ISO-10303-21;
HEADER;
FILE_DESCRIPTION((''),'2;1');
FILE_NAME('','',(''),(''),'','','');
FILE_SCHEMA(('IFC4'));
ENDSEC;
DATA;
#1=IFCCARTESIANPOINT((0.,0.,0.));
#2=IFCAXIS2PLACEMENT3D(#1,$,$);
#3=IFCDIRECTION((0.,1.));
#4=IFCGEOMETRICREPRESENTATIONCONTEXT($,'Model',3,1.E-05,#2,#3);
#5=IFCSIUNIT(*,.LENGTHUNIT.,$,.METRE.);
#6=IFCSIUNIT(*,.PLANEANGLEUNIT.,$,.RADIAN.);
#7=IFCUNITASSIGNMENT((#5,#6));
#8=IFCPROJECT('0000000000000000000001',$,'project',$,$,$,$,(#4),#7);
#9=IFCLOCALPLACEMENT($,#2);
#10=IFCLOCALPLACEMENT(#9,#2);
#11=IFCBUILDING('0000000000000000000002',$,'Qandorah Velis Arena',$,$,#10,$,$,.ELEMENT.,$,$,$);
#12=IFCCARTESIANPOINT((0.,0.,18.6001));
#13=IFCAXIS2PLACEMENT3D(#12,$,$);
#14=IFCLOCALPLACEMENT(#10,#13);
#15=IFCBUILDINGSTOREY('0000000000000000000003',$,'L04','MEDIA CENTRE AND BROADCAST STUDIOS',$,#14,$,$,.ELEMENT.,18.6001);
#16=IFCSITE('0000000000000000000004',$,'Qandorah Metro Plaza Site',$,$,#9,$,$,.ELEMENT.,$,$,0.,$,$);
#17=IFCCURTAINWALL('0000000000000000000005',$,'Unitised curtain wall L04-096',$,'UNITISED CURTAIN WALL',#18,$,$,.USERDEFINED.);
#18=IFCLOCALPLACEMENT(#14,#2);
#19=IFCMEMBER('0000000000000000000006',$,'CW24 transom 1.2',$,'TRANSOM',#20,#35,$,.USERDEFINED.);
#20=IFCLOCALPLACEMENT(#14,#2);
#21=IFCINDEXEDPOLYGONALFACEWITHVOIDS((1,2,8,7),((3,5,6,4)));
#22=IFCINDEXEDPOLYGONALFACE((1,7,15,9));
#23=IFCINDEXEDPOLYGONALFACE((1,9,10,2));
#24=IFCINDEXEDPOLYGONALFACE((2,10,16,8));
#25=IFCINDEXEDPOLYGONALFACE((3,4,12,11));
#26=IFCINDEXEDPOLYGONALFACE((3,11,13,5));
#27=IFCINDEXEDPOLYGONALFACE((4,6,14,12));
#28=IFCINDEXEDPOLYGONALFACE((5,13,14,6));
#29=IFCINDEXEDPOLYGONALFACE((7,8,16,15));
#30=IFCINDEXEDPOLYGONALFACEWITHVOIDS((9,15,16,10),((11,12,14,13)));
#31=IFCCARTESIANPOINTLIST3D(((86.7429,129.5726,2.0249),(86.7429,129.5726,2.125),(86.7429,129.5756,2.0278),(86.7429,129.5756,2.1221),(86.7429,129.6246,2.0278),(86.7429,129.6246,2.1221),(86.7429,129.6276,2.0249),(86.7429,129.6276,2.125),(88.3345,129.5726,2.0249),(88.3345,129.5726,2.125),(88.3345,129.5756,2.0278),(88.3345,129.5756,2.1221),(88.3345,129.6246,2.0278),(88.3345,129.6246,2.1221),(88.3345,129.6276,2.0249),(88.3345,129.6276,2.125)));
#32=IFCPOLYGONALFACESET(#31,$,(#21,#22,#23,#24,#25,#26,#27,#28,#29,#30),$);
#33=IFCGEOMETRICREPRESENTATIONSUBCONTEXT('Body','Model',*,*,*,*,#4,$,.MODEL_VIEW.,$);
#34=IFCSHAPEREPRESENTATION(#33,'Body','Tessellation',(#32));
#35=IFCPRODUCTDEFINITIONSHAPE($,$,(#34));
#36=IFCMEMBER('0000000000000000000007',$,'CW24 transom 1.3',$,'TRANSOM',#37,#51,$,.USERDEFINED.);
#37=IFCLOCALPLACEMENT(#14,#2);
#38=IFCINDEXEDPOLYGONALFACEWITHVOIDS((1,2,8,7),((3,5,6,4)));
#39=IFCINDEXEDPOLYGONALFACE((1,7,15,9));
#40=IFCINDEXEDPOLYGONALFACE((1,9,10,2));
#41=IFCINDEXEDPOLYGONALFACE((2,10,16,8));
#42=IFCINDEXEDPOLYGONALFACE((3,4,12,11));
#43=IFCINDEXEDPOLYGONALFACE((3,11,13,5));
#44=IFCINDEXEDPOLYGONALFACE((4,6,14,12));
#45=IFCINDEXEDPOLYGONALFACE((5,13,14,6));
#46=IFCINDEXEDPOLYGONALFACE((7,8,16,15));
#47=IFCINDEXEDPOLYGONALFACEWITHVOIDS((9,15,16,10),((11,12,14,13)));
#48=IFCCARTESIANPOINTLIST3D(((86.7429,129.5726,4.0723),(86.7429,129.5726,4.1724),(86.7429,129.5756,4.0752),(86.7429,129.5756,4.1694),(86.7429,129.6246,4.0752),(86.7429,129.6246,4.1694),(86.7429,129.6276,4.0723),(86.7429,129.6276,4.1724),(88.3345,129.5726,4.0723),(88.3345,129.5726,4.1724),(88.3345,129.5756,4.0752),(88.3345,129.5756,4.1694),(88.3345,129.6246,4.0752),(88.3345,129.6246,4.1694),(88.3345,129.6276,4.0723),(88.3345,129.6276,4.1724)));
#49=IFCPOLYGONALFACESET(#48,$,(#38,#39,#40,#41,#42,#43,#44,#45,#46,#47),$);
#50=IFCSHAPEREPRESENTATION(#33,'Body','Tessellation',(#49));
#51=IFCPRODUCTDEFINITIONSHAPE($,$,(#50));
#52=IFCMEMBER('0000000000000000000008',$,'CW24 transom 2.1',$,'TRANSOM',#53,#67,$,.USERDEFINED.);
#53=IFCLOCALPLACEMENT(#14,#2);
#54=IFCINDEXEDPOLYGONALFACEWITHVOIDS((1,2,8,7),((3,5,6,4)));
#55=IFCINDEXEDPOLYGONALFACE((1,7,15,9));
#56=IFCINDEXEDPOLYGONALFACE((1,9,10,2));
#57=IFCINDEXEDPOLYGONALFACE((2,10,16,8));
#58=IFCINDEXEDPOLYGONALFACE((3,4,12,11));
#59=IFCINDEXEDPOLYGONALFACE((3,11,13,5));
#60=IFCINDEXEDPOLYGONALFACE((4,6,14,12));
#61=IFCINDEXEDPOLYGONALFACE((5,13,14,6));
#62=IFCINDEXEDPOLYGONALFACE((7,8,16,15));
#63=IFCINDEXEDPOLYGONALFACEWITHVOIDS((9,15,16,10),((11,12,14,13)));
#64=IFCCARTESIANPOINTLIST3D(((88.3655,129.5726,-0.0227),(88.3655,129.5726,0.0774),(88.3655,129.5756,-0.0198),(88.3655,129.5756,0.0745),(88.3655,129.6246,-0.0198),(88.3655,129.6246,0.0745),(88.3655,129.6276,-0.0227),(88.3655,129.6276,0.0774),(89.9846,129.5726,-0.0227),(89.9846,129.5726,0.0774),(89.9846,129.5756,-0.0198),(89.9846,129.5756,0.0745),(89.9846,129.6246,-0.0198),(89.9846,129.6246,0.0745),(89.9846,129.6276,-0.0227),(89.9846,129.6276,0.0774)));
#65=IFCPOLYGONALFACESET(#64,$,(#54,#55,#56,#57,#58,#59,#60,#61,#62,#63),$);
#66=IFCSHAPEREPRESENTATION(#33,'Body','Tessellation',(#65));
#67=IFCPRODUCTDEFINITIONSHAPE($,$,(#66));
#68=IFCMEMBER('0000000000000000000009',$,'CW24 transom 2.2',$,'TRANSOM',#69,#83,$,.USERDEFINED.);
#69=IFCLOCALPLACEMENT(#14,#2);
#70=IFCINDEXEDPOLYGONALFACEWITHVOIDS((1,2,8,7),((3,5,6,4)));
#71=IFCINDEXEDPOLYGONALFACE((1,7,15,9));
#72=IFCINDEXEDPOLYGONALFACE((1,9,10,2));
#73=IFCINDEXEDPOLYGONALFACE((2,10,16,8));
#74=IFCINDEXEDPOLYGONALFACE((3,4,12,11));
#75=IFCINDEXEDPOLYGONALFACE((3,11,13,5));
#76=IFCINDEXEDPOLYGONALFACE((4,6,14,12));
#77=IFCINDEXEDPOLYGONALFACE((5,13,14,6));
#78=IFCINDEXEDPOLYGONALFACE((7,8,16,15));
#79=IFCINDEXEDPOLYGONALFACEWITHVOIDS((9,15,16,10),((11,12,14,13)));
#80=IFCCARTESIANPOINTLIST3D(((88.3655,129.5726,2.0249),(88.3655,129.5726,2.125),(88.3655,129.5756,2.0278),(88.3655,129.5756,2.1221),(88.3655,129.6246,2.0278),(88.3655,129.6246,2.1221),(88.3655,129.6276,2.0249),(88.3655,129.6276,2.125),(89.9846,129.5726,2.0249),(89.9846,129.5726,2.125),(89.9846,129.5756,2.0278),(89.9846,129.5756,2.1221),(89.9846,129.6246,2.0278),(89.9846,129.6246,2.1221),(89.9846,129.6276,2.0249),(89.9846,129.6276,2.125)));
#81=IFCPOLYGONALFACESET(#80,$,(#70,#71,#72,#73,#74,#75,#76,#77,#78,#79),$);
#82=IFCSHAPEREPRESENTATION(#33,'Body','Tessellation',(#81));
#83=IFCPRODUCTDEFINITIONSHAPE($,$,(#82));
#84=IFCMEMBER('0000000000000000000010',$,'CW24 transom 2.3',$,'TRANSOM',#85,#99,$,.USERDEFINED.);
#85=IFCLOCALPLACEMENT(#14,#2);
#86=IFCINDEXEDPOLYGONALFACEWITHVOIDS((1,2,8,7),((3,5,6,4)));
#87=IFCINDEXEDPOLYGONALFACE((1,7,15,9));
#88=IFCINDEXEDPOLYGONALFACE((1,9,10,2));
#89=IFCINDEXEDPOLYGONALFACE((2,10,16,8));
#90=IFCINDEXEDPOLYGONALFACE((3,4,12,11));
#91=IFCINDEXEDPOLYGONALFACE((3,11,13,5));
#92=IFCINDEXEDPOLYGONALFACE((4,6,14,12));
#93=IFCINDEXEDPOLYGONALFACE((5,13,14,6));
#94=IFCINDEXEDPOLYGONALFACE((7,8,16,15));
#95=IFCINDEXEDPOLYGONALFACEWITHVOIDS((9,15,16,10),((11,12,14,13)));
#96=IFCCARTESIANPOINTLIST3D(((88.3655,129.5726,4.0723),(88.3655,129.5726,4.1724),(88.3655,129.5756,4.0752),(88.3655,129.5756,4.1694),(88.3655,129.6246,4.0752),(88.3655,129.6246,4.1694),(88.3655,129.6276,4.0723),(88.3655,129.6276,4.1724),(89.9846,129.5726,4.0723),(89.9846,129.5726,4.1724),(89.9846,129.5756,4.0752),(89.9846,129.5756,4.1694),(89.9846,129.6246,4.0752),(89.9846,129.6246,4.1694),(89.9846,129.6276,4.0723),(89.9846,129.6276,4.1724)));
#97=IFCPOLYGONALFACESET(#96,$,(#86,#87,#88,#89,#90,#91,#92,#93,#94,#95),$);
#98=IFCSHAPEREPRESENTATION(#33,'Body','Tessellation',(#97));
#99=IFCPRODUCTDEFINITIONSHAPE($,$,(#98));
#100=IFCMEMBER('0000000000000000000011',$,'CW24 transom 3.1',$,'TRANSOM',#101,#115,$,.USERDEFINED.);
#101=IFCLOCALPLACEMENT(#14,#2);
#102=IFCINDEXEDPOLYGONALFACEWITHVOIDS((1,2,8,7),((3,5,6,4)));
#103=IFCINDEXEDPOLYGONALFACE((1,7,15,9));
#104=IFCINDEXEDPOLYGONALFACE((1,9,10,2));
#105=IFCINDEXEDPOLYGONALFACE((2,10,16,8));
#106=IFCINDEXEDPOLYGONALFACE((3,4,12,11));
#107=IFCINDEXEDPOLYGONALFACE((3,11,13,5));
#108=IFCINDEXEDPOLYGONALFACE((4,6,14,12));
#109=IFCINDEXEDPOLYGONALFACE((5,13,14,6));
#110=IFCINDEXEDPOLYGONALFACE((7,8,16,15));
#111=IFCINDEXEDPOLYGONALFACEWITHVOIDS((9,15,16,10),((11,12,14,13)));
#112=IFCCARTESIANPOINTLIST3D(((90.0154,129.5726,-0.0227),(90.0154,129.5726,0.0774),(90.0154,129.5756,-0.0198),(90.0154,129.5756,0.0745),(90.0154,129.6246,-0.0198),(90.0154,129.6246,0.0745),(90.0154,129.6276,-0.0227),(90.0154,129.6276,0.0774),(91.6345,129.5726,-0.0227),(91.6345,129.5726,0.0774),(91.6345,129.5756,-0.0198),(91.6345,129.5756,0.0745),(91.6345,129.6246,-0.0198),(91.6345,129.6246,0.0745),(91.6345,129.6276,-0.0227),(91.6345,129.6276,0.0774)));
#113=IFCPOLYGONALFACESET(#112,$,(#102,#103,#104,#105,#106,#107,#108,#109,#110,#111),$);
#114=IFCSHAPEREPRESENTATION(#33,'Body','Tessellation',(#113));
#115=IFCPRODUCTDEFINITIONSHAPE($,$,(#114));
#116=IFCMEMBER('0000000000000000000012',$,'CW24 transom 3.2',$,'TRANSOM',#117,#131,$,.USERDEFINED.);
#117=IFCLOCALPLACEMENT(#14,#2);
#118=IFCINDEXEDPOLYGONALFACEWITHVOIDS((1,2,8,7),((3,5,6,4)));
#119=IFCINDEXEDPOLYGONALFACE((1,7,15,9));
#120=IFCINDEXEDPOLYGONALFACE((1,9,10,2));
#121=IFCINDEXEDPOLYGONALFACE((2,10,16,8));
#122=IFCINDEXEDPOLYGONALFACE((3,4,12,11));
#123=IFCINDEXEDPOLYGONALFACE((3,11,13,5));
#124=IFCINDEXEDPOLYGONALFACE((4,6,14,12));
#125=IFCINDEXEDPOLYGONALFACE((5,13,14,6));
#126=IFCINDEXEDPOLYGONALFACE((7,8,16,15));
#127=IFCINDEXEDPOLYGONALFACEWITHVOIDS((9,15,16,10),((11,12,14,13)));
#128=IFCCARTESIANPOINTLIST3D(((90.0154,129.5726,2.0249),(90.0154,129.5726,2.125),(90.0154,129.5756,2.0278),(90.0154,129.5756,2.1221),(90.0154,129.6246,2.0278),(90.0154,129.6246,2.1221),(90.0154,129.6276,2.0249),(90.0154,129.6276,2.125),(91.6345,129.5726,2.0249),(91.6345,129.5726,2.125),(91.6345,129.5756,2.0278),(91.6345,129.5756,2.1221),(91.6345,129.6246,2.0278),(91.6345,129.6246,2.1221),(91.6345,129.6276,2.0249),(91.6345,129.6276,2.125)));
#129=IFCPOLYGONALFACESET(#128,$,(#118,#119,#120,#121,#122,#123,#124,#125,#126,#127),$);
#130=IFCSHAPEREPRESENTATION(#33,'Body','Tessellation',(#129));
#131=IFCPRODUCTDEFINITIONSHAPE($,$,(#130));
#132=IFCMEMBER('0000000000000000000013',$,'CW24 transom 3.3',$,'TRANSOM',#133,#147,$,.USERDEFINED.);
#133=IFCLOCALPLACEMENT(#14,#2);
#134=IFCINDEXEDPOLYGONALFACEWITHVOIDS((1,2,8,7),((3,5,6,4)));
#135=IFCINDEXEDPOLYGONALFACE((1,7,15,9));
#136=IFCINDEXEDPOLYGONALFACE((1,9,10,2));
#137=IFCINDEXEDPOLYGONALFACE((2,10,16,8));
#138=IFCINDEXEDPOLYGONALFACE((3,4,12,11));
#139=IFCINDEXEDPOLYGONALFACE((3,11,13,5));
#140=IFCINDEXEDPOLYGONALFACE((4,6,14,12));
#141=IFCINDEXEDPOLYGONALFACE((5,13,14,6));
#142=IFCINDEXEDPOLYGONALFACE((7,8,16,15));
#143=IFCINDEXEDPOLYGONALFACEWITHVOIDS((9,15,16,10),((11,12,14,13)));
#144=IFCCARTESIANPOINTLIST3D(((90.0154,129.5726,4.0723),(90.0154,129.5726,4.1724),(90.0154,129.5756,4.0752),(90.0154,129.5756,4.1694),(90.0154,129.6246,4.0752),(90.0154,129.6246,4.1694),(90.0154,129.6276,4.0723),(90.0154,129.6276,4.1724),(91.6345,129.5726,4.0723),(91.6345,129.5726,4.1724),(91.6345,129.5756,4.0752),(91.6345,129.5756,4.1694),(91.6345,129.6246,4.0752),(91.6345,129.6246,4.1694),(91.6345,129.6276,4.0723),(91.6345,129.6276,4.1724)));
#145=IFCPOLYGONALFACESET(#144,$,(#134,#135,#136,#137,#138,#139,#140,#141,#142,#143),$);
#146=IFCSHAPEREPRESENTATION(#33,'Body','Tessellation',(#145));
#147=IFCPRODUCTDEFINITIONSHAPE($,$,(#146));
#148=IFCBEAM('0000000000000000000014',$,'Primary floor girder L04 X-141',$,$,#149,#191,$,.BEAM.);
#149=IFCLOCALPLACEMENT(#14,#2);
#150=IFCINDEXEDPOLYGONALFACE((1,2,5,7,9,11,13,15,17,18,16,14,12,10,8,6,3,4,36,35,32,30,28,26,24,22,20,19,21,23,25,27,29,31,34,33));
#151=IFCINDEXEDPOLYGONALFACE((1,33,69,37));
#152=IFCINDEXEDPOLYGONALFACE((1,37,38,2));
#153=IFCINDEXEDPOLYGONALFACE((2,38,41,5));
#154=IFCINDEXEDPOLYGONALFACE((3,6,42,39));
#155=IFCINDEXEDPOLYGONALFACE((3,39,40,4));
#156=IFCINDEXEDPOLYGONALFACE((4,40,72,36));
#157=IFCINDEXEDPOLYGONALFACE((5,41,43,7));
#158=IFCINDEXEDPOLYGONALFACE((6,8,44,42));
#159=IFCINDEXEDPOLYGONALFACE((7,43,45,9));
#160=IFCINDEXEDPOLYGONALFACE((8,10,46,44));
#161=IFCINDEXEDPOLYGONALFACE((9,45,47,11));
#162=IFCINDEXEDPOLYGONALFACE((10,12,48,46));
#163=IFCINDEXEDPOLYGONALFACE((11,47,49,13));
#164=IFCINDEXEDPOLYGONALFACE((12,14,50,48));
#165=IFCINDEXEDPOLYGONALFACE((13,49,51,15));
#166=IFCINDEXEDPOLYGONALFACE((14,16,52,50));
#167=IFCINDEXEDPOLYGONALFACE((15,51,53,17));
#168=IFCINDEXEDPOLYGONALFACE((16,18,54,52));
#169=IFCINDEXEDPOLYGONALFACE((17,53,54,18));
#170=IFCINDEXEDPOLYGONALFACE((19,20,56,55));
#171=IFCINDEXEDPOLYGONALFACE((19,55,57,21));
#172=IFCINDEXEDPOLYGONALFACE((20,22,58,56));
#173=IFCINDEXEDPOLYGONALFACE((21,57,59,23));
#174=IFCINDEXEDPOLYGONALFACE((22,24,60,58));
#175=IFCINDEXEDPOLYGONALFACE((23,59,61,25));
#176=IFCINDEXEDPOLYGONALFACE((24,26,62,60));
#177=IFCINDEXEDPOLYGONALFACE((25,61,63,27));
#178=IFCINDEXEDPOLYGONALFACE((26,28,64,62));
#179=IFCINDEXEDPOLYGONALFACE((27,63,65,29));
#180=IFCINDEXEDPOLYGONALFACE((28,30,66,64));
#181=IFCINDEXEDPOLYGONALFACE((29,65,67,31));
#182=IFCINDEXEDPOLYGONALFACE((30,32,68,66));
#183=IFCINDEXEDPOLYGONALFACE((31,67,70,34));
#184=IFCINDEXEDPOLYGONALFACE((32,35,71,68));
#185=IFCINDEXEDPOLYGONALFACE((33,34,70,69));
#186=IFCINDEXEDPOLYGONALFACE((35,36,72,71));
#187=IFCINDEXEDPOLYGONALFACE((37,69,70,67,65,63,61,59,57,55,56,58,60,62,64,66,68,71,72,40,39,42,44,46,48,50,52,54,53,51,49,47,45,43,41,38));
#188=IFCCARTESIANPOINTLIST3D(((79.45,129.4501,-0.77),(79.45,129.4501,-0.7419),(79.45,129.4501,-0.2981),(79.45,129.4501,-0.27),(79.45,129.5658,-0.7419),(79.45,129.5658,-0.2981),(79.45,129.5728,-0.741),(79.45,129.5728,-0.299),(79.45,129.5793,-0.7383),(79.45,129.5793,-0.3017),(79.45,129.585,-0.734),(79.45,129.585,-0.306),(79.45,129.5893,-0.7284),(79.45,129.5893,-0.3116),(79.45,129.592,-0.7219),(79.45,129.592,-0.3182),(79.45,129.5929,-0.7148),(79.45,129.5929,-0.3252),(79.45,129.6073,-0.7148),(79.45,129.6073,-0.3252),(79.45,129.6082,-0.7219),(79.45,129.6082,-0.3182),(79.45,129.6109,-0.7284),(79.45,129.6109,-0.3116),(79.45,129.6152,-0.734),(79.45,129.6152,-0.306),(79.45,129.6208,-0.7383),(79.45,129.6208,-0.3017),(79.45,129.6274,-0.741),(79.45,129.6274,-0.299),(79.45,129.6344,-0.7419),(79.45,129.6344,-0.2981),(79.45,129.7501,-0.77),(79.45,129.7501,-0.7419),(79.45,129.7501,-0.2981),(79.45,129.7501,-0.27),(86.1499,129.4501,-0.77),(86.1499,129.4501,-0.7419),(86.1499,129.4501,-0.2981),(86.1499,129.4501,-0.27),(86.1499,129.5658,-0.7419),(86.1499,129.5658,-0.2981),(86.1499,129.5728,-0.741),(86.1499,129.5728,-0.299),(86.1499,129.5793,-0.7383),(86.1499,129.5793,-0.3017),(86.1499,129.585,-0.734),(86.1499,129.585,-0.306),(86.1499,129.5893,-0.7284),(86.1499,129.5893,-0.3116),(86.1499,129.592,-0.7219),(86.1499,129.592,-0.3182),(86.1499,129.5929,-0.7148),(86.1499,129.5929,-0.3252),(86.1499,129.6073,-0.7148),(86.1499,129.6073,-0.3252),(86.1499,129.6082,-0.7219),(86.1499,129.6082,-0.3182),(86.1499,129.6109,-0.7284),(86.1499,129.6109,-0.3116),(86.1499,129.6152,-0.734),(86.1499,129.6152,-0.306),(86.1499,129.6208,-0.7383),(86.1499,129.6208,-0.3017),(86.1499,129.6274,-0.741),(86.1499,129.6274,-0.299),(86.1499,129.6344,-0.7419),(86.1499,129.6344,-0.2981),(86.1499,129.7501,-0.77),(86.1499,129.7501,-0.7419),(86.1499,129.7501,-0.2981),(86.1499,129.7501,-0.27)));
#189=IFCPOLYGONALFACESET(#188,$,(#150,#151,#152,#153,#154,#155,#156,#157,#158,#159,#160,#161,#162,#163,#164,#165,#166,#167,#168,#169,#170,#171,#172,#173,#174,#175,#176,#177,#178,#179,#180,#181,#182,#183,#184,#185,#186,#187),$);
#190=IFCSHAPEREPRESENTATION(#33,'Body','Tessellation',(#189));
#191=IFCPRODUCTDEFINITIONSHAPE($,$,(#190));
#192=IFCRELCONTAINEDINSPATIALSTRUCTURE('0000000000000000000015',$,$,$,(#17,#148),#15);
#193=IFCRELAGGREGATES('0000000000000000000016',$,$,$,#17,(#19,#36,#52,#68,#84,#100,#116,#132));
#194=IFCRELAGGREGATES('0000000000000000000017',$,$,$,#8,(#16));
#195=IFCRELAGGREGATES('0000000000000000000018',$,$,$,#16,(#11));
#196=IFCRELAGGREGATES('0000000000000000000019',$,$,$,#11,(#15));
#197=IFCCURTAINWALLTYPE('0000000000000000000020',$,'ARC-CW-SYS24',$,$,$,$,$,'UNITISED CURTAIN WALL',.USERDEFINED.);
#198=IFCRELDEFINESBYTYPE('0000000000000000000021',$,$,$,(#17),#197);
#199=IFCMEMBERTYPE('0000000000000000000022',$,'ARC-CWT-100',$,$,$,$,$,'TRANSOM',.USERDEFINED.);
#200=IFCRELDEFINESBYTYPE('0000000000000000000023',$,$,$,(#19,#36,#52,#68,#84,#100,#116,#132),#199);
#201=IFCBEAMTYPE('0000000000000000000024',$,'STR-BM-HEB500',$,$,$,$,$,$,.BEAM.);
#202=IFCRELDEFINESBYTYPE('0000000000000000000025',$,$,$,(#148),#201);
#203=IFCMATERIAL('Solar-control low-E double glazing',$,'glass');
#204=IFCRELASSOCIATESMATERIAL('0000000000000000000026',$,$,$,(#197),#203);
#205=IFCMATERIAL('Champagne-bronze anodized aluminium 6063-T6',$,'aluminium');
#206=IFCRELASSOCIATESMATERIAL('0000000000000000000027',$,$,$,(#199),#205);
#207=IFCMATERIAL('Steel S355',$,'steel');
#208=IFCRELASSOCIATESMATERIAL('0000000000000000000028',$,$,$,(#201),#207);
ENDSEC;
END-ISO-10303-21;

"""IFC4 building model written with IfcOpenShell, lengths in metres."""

from ifc_helpers import new_model, si_unit, direction, frame, origin, origin_2d, place, context, subcontext, project, spatial, hollow_rectangle, i_section, extrude, material, material_profile, profile_set, type_object, element, aggregate, save


model = new_model("IFC4")

# Units and contexts
model_context = context("Model", 3, precision=1e-05, world=origin(), true_north=direction((0.0, 1.0)))
body_context = subcontext(model_context, "Body", "Model", "MODEL_VIEW")
ifc_project = project(units=[si_unit("LENGTHUNIT", "METRE"), si_unit("PLANEANGLEUNIT", "RADIAN")], contexts=[model_context])

# Site, building, storey
site_placement = place(None, origin())
site = spatial("IfcSite", under=ifc_project, at=site_placement, Name="Qandorah Metro Plaza Site", CompositionType="ELEMENT", RefElevation=0.0)
building_placement = place(site_placement, origin())
building = spatial("IfcBuilding", under=site, at=building_placement, Name="Qandorah Velis Arena", CompositionType="ELEMENT")
storey_placement = place(building_placement, frame((0.0, 0.0, 18.6001)))
storey = spatial("IfcBuildingStorey", under=building, at=storey_placement, Name="L04", Description="MEDIA CENTRE AND BROADCAST STUDIOS", CompositionType="ELEMENT", Elevation=18.6001)

# Shared definitions
ifc_material_1 = material(Name="Steel S355", Category="steel")

# Curtain wall, members
ifc_material_2 = material(Name="Solar-control low-E double glazing", Category="glass")
curtain_wall_type = type_object("IfcCurtainWallType", Name="ARC-CW-SYS24", ElementType="UNITISED CURTAIN WALL", PredefinedType="USERDEFINED", material=ifc_material_2)
curtain_wall_placement = place(storey_placement, origin())
curtain_wall = element("IfcCurtainWall", 1, at=curtain_wall_placement, inside=storey, type_object=curtain_wall_type, Name="Unitised curtain wall L04-096", ObjectType="UNITISED CURTAIN WALL", PredefinedType="USERDEFINED")
ifc_material_3 = material(Name="Champagne-bronze anodized aluminium 6063-T6", Category="aluminium")
ifc_material_profile_1 = material_profile(ifc_material_3, hollow_rectangle(XDim=0.0549, YDim=0.1001, WallThickness=0.0029, at=origin_2d()), Name="ALU TRANSOM 55x100")
ifc_profile_set_1 = profile_set([ifc_material_profile_1], Name="Champagne-bronze anodized aluminium 6063-T6")
member_type_1 = type_object("IfcMemberType", Name="ARC-CWT-100", ElementType="TRANSOM", PredefinedType="USERDEFINED", material=ifc_profile_set_1)
member_1_placement = place(storey_placement, frame((86.7429, 129.6001, 2.075), z_axis=(1.0, 0.0, 0.0), x_axis=(0.0, 1.0, 0.0)))
member_1 = element("IfcMember", 2, at=member_1_placement, type_object=member_type_1, Name="CW24 transom 1.2", ObjectType="TRANSOM", PredefinedType="USERDEFINED", context=body_context, shape_type="SweptSolid", body=[
    extrude(hollow_rectangle(XDim=0.0549, YDim=0.1001, WallThickness=0.0029, at=origin_2d()), origin(), (0.0, 0.0, 1.0), 1.5916),
])
member_2_placement = place(storey_placement, frame((86.7429, 129.6001, 4.1223), z_axis=(1.0, 0.0, 0.0), x_axis=(0.0, 1.0, 0.0)))
member_2 = element("IfcMember", 3, at=member_2_placement, type_object=member_type_1, Name="CW24 transom 1.3", ObjectType="TRANSOM", PredefinedType="USERDEFINED", context=body_context, shape_type="SweptSolid", body=[
    extrude(hollow_rectangle(XDim=0.0549, YDim=0.1001, WallThickness=0.0029, at=origin_2d()), origin(), (0.0, 0.0, 1.0), 1.5916),
])
member_3_placement = place(storey_placement, frame((88.3655, 129.6001, 0.0273), z_axis=(1.0, 0.0, 0.0), x_axis=(0.0, 1.0, 0.0)))
member_3 = element("IfcMember", 4, at=member_3_placement, type_object=member_type_1, Name="CW24 transom 2.1", ObjectType="TRANSOM", PredefinedType="USERDEFINED", context=body_context, shape_type="SweptSolid", body=[
    extrude(hollow_rectangle(XDim=0.0549, YDim=0.1001, WallThickness=0.0029, at=origin_2d()), origin(), (0.0, 0.0, 1.0), 1.6191),
])
member_4_placement = place(storey_placement, frame((88.3655, 129.6001, 2.075), z_axis=(1.0, 0.0, 0.0), x_axis=(0.0, 1.0, 0.0)))
member_4 = element("IfcMember", 5, at=member_4_placement, type_object=member_type_1, Name="CW24 transom 2.2", ObjectType="TRANSOM", PredefinedType="USERDEFINED", context=body_context, shape_type="SweptSolid", body=[
    extrude(hollow_rectangle(XDim=0.0549, YDim=0.1001, WallThickness=0.0029, at=origin_2d()), origin(), (0.0, 0.0, 1.0), 1.6191),
])
member_5_placement = place(storey_placement, frame((88.3655, 129.6001, 4.1223), z_axis=(1.0, 0.0, 0.0), x_axis=(0.0, 1.0, 0.0)))
member_5 = element("IfcMember", 6, at=member_5_placement, type_object=member_type_1, Name="CW24 transom 2.3", ObjectType="TRANSOM", PredefinedType="USERDEFINED", context=body_context, shape_type="SweptSolid", body=[
    extrude(hollow_rectangle(XDim=0.0549, YDim=0.1001, WallThickness=0.0029, at=origin_2d()), origin(), (0.0, 0.0, 1.0), 1.6191),
])
member_6_placement = place(storey_placement, frame((90.0154, 129.6001, 0.0273), z_axis=(1.0, 0.0, 0.0), x_axis=(0.0, 1.0, 0.0)))
member_6 = element("IfcMember", 7, at=member_6_placement, type_object=member_type_1, Name="CW24 transom 3.1", ObjectType="TRANSOM", PredefinedType="USERDEFINED", context=body_context, shape_type="SweptSolid", body=[
    extrude(hollow_rectangle(XDim=0.0549, YDim=0.1001, WallThickness=0.0029, at=origin_2d()), origin(), (0.0, 0.0, 1.0), 1.6191),
])
member_7_placement = place(storey_placement, frame((90.0154, 129.6001, 2.075), z_axis=(1.0, 0.0, 0.0), x_axis=(0.0, 1.0, 0.0)))
member_7 = element("IfcMember", 8, at=member_7_placement, type_object=member_type_1, Name="CW24 transom 3.2", ObjectType="TRANSOM", PredefinedType="USERDEFINED", context=body_context, shape_type="SweptSolid", body=[
    extrude(hollow_rectangle(XDim=0.0549, YDim=0.1001, WallThickness=0.0029, at=origin_2d()), origin(), (0.0, 0.0, 1.0), 1.6191),
])
member_8_placement = place(storey_placement, frame((90.0154, 129.6001, 4.1223), z_axis=(1.0, 0.0, 0.0), x_axis=(0.0, 1.0, 0.0)))
member_8 = element("IfcMember", 9, at=member_8_placement, type_object=member_type_1, Name="CW24 transom 3.3", ObjectType="TRANSOM", PredefinedType="USERDEFINED", context=body_context, shape_type="SweptSolid", body=[
    extrude(hollow_rectangle(XDim=0.0549, YDim=0.1001, WallThickness=0.0029, at=origin_2d()), origin(), (0.0, 0.0, 1.0), 1.6191),
])

# Beam
ifc_material_profile_2 = material_profile(ifc_material_1, i_section(OverallWidth=0.3, OverallDepth=0.5, WebThickness=0.0144, FlangeThickness=0.0281, FilletRadius=0.0271, at=origin_2d()), Name="HEB 500")
ifc_profile_set_2 = profile_set([ifc_material_profile_2], Name="Steel S355")
beam_type = type_object("IfcBeamType", Name="STR-BM-HEB500", PredefinedType="BEAM", material=ifc_profile_set_2)
beam_1_placement = place(storey_placement, frame((79.45, 129.6001, -0.52), z_axis=(1.0, 0.0, 0.0), x_axis=(0.0, 1.0, 0.0)))
element("IfcBeam", 10, at=beam_1_placement, inside=storey, type_object=beam_type, Name="Primary floor girder L04 X-141", PredefinedType="BEAM", context=body_context, shape_type="SweptSolid", body=[
    extrude(i_section(OverallWidth=0.3, OverallDepth=0.5, WebThickness=0.0144, FlangeThickness=0.0281, FilletRadius=0.0271, at=origin_2d()), origin(), (0.0, 0.0, 1.0), 6.7),
])

aggregate(curtain_wall, [member_1, member_2, member_3, member_4, member_5, member_6, member_7, member_8])

save(model, "model.ifc")
